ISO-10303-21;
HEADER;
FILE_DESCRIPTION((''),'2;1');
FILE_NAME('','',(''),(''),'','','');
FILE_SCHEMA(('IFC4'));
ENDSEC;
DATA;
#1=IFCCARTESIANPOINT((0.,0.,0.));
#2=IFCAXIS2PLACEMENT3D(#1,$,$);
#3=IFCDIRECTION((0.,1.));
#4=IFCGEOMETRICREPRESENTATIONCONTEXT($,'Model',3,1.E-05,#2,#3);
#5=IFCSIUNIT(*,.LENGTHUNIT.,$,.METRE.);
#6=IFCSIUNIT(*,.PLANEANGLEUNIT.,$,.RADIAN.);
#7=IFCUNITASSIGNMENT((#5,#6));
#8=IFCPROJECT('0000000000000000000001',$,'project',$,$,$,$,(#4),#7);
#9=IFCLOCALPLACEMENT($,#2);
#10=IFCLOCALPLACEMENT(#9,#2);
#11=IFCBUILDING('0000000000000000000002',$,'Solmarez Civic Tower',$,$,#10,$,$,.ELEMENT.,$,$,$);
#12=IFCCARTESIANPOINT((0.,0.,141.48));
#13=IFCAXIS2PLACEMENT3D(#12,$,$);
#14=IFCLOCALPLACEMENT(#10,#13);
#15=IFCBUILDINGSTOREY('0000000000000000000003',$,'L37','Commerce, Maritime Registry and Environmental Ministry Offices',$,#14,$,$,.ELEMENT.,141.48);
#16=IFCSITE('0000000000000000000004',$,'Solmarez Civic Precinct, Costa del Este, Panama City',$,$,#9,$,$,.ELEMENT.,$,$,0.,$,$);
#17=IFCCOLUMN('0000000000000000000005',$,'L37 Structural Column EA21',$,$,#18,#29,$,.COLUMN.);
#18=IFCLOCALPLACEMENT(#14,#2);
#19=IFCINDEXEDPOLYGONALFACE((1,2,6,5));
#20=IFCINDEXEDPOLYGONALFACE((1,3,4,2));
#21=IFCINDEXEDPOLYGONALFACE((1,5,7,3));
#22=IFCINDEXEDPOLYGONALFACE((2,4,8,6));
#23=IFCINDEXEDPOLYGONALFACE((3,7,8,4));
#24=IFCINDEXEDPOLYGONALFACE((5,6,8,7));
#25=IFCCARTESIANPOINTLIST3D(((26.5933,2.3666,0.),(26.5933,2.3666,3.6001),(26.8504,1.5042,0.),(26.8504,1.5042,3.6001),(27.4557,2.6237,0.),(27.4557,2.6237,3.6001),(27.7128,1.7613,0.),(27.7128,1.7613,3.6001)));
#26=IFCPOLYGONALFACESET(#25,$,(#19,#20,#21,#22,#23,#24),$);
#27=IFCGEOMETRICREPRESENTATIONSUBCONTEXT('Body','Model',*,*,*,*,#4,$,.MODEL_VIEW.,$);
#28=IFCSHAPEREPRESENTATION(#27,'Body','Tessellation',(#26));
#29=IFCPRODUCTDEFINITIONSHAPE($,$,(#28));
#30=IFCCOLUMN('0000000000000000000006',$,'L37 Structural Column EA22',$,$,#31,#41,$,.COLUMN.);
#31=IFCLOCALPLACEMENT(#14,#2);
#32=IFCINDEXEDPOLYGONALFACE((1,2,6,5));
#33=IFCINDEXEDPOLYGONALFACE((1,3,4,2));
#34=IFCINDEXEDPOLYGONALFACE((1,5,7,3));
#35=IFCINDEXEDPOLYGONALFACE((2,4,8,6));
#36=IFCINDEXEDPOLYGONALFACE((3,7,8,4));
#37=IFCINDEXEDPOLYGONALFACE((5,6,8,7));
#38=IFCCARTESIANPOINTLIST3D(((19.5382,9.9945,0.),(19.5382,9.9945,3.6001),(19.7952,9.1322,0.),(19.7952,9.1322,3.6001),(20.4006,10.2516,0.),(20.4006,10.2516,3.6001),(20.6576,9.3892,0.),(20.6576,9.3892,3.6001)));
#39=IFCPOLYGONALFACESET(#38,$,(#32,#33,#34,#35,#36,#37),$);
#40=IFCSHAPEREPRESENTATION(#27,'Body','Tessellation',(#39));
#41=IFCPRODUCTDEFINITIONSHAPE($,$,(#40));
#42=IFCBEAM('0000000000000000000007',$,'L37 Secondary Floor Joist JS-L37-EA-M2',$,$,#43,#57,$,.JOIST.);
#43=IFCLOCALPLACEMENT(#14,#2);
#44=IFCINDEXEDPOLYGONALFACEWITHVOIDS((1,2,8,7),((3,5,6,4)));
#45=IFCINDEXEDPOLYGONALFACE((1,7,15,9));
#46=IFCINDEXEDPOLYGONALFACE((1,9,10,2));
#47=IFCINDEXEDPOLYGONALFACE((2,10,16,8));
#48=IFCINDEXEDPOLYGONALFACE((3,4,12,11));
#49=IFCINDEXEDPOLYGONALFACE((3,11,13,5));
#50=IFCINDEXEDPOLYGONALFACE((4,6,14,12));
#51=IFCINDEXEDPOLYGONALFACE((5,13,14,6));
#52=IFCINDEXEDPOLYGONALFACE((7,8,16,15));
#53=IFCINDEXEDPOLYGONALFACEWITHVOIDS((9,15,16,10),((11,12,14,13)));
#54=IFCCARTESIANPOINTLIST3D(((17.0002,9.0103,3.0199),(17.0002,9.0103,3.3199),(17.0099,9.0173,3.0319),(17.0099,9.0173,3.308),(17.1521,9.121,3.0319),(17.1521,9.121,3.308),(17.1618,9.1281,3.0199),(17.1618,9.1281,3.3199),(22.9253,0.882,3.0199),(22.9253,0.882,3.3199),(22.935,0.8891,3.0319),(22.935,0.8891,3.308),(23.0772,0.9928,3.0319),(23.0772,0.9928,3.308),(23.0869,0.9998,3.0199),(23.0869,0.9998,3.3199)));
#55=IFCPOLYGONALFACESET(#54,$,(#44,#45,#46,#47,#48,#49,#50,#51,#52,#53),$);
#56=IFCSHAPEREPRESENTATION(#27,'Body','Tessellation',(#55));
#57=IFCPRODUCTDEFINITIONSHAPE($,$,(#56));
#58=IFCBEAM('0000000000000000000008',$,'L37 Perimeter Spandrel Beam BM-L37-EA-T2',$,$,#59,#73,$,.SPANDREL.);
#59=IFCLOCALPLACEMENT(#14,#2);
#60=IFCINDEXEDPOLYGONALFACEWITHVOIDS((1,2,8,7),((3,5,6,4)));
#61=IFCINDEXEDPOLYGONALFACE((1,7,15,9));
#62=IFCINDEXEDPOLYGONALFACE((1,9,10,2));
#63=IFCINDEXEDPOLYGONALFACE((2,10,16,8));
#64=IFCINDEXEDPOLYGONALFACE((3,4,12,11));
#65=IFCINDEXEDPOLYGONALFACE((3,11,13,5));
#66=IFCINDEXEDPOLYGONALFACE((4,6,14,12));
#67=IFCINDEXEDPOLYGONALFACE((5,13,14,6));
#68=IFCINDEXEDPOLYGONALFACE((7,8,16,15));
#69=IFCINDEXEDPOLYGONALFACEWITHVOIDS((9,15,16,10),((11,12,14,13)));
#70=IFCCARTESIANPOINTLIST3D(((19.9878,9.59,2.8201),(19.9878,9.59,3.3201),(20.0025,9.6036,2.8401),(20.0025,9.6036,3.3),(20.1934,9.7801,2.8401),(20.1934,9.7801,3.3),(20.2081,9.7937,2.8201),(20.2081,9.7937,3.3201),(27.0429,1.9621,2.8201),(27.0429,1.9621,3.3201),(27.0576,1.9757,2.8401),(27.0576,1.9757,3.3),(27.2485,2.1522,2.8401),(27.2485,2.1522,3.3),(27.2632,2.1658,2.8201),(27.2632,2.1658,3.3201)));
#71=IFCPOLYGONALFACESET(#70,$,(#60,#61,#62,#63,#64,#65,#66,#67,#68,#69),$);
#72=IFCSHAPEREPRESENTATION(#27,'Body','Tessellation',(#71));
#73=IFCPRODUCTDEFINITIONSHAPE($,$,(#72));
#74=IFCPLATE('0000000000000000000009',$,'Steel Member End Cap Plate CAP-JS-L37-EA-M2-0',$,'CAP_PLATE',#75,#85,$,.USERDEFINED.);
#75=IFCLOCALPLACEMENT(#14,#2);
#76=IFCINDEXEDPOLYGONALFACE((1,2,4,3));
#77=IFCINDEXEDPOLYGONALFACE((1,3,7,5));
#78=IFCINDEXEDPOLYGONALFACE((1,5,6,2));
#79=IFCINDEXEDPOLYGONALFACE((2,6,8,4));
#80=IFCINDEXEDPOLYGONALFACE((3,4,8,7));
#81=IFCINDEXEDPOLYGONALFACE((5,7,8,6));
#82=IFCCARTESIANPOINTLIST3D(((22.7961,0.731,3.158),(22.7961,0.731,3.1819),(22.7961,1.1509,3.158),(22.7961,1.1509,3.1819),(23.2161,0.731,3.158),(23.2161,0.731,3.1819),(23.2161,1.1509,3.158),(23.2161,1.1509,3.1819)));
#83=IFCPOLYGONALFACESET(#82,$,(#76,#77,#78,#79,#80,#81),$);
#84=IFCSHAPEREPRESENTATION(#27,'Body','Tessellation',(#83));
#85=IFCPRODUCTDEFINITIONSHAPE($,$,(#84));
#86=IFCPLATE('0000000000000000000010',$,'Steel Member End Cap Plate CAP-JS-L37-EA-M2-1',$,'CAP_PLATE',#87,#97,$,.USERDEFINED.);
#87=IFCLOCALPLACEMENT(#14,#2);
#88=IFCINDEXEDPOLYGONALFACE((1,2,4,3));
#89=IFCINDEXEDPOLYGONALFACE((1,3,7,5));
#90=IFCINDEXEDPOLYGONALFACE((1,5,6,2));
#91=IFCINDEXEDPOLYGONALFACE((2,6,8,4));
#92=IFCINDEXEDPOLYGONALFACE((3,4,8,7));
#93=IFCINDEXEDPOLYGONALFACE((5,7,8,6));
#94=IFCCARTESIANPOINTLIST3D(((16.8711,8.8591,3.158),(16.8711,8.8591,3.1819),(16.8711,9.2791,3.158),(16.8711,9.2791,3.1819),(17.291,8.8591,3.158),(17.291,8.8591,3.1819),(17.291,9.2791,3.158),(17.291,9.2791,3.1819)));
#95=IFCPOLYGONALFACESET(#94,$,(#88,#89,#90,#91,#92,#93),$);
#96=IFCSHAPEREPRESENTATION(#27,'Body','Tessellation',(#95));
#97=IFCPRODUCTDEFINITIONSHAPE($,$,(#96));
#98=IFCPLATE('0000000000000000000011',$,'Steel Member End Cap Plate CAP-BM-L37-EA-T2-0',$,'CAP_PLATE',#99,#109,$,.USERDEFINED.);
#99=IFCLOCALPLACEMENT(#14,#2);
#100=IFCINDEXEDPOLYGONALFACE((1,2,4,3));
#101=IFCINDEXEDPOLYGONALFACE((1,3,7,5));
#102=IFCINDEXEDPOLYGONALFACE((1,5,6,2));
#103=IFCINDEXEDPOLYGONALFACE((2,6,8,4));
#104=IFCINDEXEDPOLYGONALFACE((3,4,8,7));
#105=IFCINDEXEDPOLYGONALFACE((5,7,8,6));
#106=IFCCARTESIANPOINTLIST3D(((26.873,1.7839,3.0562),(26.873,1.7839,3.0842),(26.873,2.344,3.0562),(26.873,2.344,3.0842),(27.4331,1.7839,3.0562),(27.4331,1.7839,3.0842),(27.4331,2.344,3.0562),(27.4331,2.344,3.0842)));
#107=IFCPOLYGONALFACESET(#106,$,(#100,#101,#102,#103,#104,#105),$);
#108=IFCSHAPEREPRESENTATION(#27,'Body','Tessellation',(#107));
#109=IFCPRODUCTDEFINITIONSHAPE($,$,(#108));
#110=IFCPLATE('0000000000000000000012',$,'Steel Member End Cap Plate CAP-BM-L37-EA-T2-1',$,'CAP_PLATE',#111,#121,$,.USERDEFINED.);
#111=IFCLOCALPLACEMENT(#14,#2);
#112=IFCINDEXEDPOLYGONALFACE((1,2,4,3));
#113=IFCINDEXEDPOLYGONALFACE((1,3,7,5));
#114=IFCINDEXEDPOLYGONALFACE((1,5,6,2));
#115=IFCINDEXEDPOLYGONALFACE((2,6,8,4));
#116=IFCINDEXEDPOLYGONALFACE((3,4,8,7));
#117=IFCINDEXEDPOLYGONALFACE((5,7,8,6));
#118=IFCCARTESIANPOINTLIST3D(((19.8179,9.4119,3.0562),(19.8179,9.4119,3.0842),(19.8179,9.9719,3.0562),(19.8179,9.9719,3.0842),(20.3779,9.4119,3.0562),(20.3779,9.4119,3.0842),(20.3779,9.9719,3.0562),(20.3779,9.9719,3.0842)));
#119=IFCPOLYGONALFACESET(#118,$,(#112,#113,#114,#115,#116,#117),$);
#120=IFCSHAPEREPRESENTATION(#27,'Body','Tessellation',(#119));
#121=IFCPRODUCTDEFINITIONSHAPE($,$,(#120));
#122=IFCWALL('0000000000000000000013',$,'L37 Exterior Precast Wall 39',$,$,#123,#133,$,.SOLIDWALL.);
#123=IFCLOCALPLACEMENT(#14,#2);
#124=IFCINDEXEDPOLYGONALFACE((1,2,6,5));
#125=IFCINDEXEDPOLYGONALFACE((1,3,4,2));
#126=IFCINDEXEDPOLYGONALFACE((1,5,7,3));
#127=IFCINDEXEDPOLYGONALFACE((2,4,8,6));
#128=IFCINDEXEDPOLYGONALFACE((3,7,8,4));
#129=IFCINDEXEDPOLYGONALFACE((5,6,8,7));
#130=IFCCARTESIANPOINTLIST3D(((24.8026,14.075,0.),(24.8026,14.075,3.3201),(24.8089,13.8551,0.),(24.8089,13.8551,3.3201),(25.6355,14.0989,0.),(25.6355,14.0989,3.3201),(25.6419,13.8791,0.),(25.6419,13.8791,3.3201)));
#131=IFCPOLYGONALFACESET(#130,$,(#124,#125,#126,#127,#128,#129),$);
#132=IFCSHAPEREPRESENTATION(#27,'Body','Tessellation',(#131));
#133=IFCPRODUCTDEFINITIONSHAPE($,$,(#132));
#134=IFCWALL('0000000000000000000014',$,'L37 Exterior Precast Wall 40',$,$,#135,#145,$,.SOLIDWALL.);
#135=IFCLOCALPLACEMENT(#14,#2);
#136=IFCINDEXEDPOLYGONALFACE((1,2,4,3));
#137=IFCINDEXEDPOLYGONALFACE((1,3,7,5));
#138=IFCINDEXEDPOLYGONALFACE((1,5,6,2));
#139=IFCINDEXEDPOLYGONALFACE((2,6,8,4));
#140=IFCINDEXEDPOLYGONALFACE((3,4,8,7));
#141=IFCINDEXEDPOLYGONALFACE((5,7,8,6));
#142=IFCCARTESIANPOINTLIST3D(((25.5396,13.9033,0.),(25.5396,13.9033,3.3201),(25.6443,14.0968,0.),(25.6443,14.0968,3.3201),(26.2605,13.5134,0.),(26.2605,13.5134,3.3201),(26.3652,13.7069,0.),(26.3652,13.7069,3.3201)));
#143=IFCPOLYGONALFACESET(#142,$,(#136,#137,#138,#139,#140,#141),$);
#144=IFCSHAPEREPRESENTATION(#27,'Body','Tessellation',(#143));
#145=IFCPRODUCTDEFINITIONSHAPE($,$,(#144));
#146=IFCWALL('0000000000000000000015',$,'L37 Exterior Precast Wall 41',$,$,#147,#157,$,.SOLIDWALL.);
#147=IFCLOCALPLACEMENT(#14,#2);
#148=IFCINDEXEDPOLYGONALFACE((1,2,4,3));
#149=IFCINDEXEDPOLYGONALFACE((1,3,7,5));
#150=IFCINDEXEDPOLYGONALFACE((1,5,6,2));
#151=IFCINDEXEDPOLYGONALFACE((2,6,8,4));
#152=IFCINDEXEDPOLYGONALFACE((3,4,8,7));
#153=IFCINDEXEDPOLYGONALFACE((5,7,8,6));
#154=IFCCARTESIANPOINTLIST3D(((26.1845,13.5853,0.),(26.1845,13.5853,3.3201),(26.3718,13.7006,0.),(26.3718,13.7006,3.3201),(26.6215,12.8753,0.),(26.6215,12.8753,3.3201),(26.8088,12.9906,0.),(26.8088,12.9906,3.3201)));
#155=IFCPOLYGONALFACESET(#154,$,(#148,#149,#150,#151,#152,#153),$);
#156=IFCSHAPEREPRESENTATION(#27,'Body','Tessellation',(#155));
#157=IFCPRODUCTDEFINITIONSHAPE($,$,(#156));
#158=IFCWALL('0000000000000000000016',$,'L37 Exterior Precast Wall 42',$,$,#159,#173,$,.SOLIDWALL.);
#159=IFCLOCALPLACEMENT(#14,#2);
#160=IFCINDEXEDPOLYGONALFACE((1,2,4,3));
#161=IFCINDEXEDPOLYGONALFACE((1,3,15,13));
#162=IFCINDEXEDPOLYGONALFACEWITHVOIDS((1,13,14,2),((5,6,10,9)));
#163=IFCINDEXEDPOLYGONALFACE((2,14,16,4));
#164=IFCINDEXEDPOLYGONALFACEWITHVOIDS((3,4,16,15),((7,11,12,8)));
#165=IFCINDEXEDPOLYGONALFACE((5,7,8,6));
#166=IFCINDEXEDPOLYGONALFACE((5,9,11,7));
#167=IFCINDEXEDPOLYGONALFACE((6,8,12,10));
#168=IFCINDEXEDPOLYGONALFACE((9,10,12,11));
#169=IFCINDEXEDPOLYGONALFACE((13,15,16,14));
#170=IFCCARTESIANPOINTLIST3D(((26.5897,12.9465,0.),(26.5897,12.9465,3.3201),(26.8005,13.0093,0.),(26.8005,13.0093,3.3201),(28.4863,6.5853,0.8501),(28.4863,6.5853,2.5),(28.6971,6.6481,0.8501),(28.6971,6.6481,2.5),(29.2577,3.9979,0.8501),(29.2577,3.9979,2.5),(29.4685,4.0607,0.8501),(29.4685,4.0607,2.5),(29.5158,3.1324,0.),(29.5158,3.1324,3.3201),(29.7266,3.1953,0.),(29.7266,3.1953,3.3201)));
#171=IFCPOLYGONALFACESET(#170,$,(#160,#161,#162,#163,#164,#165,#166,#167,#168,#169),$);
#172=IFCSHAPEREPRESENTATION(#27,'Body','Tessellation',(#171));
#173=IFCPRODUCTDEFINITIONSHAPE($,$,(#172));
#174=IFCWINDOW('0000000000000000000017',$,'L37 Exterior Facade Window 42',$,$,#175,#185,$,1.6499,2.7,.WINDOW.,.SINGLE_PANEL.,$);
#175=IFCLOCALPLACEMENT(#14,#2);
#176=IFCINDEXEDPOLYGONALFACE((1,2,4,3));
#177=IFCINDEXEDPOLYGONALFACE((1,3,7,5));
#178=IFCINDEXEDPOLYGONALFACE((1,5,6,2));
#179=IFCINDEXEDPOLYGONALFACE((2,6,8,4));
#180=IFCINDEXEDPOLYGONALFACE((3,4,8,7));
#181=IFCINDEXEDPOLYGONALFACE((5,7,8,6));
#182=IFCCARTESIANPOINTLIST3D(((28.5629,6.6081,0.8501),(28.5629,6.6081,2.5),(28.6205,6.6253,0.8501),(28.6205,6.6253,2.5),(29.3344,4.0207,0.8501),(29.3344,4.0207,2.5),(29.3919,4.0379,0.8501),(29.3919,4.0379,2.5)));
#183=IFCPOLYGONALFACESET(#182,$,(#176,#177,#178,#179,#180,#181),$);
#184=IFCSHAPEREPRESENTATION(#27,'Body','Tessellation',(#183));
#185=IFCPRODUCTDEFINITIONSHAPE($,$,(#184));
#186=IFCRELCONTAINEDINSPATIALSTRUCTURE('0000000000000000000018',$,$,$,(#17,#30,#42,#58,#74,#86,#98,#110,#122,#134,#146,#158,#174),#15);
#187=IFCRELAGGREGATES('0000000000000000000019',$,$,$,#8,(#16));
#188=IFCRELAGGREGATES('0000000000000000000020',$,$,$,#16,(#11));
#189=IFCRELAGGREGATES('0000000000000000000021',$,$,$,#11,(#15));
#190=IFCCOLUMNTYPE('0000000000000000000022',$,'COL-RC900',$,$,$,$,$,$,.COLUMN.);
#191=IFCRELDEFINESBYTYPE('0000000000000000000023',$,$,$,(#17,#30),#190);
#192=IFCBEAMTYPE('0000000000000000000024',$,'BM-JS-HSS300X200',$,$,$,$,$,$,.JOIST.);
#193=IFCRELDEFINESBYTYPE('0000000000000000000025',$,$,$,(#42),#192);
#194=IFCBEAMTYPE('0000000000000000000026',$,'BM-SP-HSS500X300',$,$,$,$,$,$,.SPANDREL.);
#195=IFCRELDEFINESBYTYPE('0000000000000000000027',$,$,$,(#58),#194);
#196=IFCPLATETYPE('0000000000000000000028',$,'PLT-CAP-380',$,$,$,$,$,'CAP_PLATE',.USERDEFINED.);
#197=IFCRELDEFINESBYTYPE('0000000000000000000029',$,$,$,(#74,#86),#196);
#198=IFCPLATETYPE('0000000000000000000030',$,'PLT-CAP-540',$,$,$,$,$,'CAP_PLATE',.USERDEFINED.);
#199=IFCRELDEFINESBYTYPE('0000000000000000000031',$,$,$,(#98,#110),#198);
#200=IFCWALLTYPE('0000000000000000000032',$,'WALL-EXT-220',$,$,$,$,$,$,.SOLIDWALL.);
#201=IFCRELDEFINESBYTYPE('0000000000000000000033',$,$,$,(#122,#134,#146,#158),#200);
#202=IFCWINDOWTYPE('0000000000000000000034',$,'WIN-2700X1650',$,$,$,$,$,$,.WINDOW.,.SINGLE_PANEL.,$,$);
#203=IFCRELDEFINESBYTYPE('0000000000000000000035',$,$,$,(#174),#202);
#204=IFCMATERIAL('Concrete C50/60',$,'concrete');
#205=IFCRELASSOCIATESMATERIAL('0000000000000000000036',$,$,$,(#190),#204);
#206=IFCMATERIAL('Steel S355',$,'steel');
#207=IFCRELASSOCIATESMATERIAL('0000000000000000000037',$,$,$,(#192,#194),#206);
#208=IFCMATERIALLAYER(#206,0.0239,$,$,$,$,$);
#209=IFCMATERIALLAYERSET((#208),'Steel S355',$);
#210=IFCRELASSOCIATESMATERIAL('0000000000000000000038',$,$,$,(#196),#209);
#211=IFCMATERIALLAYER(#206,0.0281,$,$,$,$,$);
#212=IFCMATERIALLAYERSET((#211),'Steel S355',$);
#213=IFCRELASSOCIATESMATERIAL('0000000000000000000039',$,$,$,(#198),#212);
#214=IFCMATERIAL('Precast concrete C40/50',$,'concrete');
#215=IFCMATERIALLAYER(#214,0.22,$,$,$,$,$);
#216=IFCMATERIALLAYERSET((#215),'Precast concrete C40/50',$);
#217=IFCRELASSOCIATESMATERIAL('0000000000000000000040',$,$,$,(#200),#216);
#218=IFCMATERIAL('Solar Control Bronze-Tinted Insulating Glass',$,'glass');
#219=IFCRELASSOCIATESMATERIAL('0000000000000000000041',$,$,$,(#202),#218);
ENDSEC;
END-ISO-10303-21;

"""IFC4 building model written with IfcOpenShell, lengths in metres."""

from ifc_helpers import new_model, si_unit, direction, frame, frame_2d, origin, origin_2d, place, context, subcontext, project, spatial, rectangle, hollow_rectangle, extrude, material, layer, layer_set, material_profile, profile_set, type_object, element, fill, save


model = new_model("IFC4")

# Units and contexts
model_context = context("Model", 3, precision=1e-05, world=origin(), true_north=direction((0.0, 1.0)))
body_context = subcontext(model_context, "Body", "Model", "MODEL_VIEW")
ifc_project = project(units=[si_unit("LENGTHUNIT", "METRE"), si_unit("PLANEANGLEUNIT", "RADIAN")], contexts=[model_context])

# Site, building, storey
site_placement = place(None, origin())
site = spatial("IfcSite", under=ifc_project, at=site_placement, Name="Solmarez Civic Precinct, Costa del Este, Panama City", CompositionType="ELEMENT", RefElevation=0.0)
building_placement = place(site_placement, origin())
building = spatial("IfcBuilding", under=site, at=building_placement, Name="Solmarez Civic Tower", CompositionType="ELEMENT")
storey_placement = place(building_placement, frame((0.0, 0.0, 141.48)))
storey = spatial("IfcBuildingStorey", under=building, at=storey_placement, Name="L37", Description="Commerce, Maritime Registry and Environmental Ministry Offices", CompositionType="ELEMENT", Elevation=141.48)

# Columns
ifc_material_1 = material(Name="Concrete C50/60", Category="concrete")
ifc_material_profile_1 = material_profile(ifc_material_1, rectangle(XDim=0.8999, YDim=0.8999, at=origin_2d()), Name="RC900X900")
ifc_profile_set_1 = profile_set([ifc_material_profile_1], Name="Concrete C50/60")
column_type = type_object("IfcColumnType", Name="COL-RC900", PredefinedType="COLUMN", material=ifc_profile_set_1)
for number, where, z_axis, x_axis, name in (
    (1, (27.1531, 2.064, 0.0), (0.0, 0.0, 1.0), (0.958323, 0.285688, 0.0), "L37 Structural Column EA21"),
    (2, (20.0979, 9.6919, 0.0), (0.0, 0.0, 1.0), (0.958323, 0.285688, 0.0), "L37 Structural Column EA22"),
):
    element("IfcColumn", number, at=place(storey_placement, frame(where, z_axis=z_axis, x_axis=x_axis)), inside=storey, type_object=column_type, Name=name, PredefinedType="COLUMN", context=body_context, shape_type="SweptSolid", body=[
        extrude(rectangle(XDim=0.8999, YDim=0.8999, at=origin_2d()), origin(), (0.0, 0.0, 1.0), 3.6001),
    ])

# Beams
ifc_material_2 = material(Name="Steel S355", Category="steel")
ifc_material_profile_2 = material_profile(ifc_material_2, hollow_rectangle(XDim=0.2, YDim=0.3, WallThickness=0.012, at=origin_2d()), Name="HSS300X200X12")
ifc_profile_set_2 = profile_set([ifc_material_profile_2], Name="Steel S355")
beam_type_1 = type_object("IfcBeamType", Name="BM-JS-HSS300X200", PredefinedType="JOIST", material=ifc_profile_set_2)
beam_1_placement = place(storey_placement, frame((23.0061, 0.9409, 3.1699), z_axis=(-0.589059, 0.80809, 0.0), x_axis=(-0.80809, -0.589059, 0.0)))
element("IfcBeam", 3, at=beam_1_placement, inside=storey, type_object=beam_type_1, Name="L37 Secondary Floor Joist JS-L37-EA-M2", PredefinedType="JOIST", context=body_context, shape_type="SweptSolid", body=[
    extrude(hollow_rectangle(XDim=0.2, YDim=0.3, WallThickness=0.012, at=origin_2d()), origin(), (0.0, 0.0, 1.0), 10.0586),
])
ifc_material_profile_3 = material_profile(ifc_material_2, hollow_rectangle(XDim=0.3, YDim=0.5, WallThickness=0.02, at=origin_2d()), Name="HSS500X300X20")
ifc_profile_set_3 = profile_set([ifc_material_profile_3], Name="Steel S355")
beam_type_2 = type_object("IfcBeamType", Name="BM-SP-HSS500X300", PredefinedType="SPANDREL", material=ifc_profile_set_3)
beam_2_placement = place(storey_placement, frame((27.1531, 2.064, 3.0701), z_axis=(-0.679008, 0.734131, 0.0), x_axis=(-0.734131, -0.679008, 0.0)))
element("IfcBeam", 4, at=beam_2_placement, inside=storey, type_object=beam_type_2, Name="L37 Perimeter Spandrel Beam BM-L37-EA-T2", PredefinedType="SPANDREL", context=body_context, shape_type="SweptSolid", body=[
    extrude(hollow_rectangle(XDim=0.3, YDim=0.5, WallThickness=0.02, at=origin_2d()), origin(), (0.0, 0.0, 1.0), 10.3904),
])

# Plates
ifc_layer_1 = layer(ifc_material_2, 0.0239)
ifc_layer_set_1 = layer_set([ifc_layer_1], Name="Steel S355")
plate_type_1 = type_object("IfcPlateType", Name="PLT-CAP-380", ElementType="CAP_PLATE", PredefinedType="USERDEFINED", material=ifc_layer_set_1)
for number, where, z_axis, x_axis, name in (
    (5, (23.0061, 0.9409, 3.158), (0.0, 0.0, 1.0), (1.0, 0.0, 0.0), "Steel Member End Cap Plate CAP-JS-L37-EA-M2-0"),
    (6, (17.0811, 9.0691, 3.158), (0.0, 0.0, 1.0), (1.0, 0.0, 0.0), "Steel Member End Cap Plate CAP-JS-L37-EA-M2-1"),
):
    element("IfcPlate", number, at=place(storey_placement, frame(where, z_axis=z_axis, x_axis=x_axis)), inside=storey, type_object=plate_type_1, Name=name, ObjectType="CAP_PLATE", PredefinedType="USERDEFINED", context=body_context, shape_type="SweptSolid", body=[
        extrude(rectangle(XDim=0.4199, YDim=0.4199, at=origin_2d()), origin(), (0.0, 0.0, 1.0), 0.0239),
    ])
ifc_layer_2 = layer(ifc_material_2, 0.0281)
ifc_layer_set_2 = layer_set([ifc_layer_2], Name="Steel S355")
plate_type_2 = type_object("IfcPlateType", Name="PLT-CAP-540", ElementType="CAP_PLATE", PredefinedType="USERDEFINED", material=ifc_layer_set_2)
for number, where, z_axis, x_axis, name in (
    (7, (27.1531, 2.064, 3.0562), (0.0, 0.0, 1.0), (1.0, 0.0, 0.0), "Steel Member End Cap Plate CAP-BM-L37-EA-T2-0"),
    (8, (20.0979, 9.6919, 3.0562), (0.0, 0.0, 1.0), (1.0, 0.0, 0.0), "Steel Member End Cap Plate CAP-BM-L37-EA-T2-1"),
):
    element("IfcPlate", number, at=place(storey_placement, frame(where, z_axis=z_axis, x_axis=x_axis)), inside=storey, type_object=plate_type_2, Name=name, ObjectType="CAP_PLATE", PredefinedType="USERDEFINED", context=body_context, shape_type="SweptSolid", body=[
        extrude(rectangle(XDim=0.5601, YDim=0.5601, at=origin_2d()), origin(), (0.0, 0.0, 1.0), 0.0281),
    ])

# Walls
ifc_material_3 = material(Name="Precast concrete C40/50", Category="concrete")
ifc_layer_3 = layer(ifc_material_3, 0.22)
ifc_layer_set_3 = layer_set([ifc_layer_3], Name="Precast concrete C40/50")
wall_type_1 = type_object("IfcWallType", Name="WALL-EXT-220", PredefinedType="SOLIDWALL", material=ifc_layer_set_3)
wall_1_placement = place(storey_placement, frame((24.8059, 13.9651, 0.0), z_axis=(0.0, 0.0, 1.0), x_axis=(0.999588, 0.02871, 0.0)))
element("IfcWall", 9, at=wall_1_placement, inside=storey, type_object=wall_type_1, Name="L37 Exterior Precast Wall 39", PredefinedType="SOLIDWALL", context=body_context, shape_type="SweptSolid", body=[
    extrude(rectangle(XDim=0.8333, YDim=0.22, at=frame_2d((0.4165, 0.0))), origin(), (0.0, 0.0, 1.0), 3.3201),
])
wall_2_placement = place(storey_placement, frame((25.592, 14.0, 0.0), z_axis=(0.0, 0.0, 1.0), x_axis=(0.879609, -0.475698, 0.0)))
element("IfcWall", 10, at=wall_2_placement, inside=storey, type_object=wall_type_1, Name="L37 Exterior Precast Wall 40", PredefinedType="SOLIDWALL", context=body_context, shape_type="SweptSolid", body=[
    extrude(rectangle(XDim=0.8196, YDim=0.22, at=frame_2d((0.4097, 0.0))), origin(), (0.0, 0.0, 1.0), 3.3201),
])
wall_3_placement = place(storey_placement, frame((26.2781, 13.6431, 0.0), z_axis=(0.0, 0.0, 1.0), x_axis=(0.524195, -0.851598, 0.0)))
element("IfcWall", 11, at=wall_3_placement, inside=storey, type_object=wall_type_1, Name="L37 Exterior Precast Wall 41", PredefinedType="SOLIDWALL", context=body_context, shape_type="SweptSolid", body=[
    extrude(rectangle(XDim=0.8337, YDim=0.22, at=frame_2d((0.417, 0.0))), origin(), (0.0, 0.0, 1.0), 3.3201),
])

# Wall, opening, window
wall_4_placement = place(storey_placement, frame((26.6951, 12.978, 0.0), z_axis=(0.0, 0.0, 1.0), x_axis=(0.28572, -0.958313, 0.0)))
wall_4 = element("IfcWall", 12, at=wall_4_placement, inside=storey, type_object=wall_type_1, Name="L37 Exterior Precast Wall 42", PredefinedType="SOLIDWALL", context=body_context, shape_type="SweptSolid", body=[
    extrude(rectangle(XDim=10.241, YDim=0.22, at=frame_2d((5.1206, 0.0))), origin(), (0.0, 0.0, 1.0), 3.3201),
])
opening_1_placement = place(wall_4_placement, frame((6.6379, 0.0, 0.8501)))
opening_1 = element("IfcOpeningElement", 13, at=opening_1_placement, cuts=wall_4, PredefinedType="OPENING", context=body_context, shape_type="SweptSolid", body=[
    extrude(rectangle(XDim=2.7, YDim=1.6499, at=frame_2d((1.3501, 0.825))), frame((0.0, 0.1199, 0.0), z_axis=(0.0, -1.0, 0.0), x_axis=(1.0, 0.0, 0.0)), (0.0, 0.0, 1.0), 0.24),
])
ifc_material_4 = material(Name="Solar Control Bronze-Tinted Insulating Glass", Category="glass")
window_type_1 = type_object("IfcWindowType", Name="WIN-2700X1650", PartitioningType="SINGLE_PANEL", PredefinedType="WINDOW", material=ifc_material_4)
window_1_placement = place(opening_1_placement, origin())
window_1 = element("IfcWindow", 14, at=window_1_placement, inside=storey, type_object=window_type_1, Name="L37 Exterior Facade Window 42", OverallHeight=1.6499, OverallWidth=2.7, PartitioningType="SINGLE_PANEL", PredefinedType="WINDOW", context=body_context, shape_type="SweptSolid", body=[
    extrude(rectangle(XDim=2.7, YDim=1.6499, at=frame_2d((1.3501, 0.825))), frame((0.0, 0.03, 0.0), z_axis=(0.0, -1.0, 0.0), x_axis=(1.0, 0.0, 0.0)), (0.0, 0.0, 1.0), 0.0601),
])
fill(opening_1, window_1)

save(model, "model.ifc")
